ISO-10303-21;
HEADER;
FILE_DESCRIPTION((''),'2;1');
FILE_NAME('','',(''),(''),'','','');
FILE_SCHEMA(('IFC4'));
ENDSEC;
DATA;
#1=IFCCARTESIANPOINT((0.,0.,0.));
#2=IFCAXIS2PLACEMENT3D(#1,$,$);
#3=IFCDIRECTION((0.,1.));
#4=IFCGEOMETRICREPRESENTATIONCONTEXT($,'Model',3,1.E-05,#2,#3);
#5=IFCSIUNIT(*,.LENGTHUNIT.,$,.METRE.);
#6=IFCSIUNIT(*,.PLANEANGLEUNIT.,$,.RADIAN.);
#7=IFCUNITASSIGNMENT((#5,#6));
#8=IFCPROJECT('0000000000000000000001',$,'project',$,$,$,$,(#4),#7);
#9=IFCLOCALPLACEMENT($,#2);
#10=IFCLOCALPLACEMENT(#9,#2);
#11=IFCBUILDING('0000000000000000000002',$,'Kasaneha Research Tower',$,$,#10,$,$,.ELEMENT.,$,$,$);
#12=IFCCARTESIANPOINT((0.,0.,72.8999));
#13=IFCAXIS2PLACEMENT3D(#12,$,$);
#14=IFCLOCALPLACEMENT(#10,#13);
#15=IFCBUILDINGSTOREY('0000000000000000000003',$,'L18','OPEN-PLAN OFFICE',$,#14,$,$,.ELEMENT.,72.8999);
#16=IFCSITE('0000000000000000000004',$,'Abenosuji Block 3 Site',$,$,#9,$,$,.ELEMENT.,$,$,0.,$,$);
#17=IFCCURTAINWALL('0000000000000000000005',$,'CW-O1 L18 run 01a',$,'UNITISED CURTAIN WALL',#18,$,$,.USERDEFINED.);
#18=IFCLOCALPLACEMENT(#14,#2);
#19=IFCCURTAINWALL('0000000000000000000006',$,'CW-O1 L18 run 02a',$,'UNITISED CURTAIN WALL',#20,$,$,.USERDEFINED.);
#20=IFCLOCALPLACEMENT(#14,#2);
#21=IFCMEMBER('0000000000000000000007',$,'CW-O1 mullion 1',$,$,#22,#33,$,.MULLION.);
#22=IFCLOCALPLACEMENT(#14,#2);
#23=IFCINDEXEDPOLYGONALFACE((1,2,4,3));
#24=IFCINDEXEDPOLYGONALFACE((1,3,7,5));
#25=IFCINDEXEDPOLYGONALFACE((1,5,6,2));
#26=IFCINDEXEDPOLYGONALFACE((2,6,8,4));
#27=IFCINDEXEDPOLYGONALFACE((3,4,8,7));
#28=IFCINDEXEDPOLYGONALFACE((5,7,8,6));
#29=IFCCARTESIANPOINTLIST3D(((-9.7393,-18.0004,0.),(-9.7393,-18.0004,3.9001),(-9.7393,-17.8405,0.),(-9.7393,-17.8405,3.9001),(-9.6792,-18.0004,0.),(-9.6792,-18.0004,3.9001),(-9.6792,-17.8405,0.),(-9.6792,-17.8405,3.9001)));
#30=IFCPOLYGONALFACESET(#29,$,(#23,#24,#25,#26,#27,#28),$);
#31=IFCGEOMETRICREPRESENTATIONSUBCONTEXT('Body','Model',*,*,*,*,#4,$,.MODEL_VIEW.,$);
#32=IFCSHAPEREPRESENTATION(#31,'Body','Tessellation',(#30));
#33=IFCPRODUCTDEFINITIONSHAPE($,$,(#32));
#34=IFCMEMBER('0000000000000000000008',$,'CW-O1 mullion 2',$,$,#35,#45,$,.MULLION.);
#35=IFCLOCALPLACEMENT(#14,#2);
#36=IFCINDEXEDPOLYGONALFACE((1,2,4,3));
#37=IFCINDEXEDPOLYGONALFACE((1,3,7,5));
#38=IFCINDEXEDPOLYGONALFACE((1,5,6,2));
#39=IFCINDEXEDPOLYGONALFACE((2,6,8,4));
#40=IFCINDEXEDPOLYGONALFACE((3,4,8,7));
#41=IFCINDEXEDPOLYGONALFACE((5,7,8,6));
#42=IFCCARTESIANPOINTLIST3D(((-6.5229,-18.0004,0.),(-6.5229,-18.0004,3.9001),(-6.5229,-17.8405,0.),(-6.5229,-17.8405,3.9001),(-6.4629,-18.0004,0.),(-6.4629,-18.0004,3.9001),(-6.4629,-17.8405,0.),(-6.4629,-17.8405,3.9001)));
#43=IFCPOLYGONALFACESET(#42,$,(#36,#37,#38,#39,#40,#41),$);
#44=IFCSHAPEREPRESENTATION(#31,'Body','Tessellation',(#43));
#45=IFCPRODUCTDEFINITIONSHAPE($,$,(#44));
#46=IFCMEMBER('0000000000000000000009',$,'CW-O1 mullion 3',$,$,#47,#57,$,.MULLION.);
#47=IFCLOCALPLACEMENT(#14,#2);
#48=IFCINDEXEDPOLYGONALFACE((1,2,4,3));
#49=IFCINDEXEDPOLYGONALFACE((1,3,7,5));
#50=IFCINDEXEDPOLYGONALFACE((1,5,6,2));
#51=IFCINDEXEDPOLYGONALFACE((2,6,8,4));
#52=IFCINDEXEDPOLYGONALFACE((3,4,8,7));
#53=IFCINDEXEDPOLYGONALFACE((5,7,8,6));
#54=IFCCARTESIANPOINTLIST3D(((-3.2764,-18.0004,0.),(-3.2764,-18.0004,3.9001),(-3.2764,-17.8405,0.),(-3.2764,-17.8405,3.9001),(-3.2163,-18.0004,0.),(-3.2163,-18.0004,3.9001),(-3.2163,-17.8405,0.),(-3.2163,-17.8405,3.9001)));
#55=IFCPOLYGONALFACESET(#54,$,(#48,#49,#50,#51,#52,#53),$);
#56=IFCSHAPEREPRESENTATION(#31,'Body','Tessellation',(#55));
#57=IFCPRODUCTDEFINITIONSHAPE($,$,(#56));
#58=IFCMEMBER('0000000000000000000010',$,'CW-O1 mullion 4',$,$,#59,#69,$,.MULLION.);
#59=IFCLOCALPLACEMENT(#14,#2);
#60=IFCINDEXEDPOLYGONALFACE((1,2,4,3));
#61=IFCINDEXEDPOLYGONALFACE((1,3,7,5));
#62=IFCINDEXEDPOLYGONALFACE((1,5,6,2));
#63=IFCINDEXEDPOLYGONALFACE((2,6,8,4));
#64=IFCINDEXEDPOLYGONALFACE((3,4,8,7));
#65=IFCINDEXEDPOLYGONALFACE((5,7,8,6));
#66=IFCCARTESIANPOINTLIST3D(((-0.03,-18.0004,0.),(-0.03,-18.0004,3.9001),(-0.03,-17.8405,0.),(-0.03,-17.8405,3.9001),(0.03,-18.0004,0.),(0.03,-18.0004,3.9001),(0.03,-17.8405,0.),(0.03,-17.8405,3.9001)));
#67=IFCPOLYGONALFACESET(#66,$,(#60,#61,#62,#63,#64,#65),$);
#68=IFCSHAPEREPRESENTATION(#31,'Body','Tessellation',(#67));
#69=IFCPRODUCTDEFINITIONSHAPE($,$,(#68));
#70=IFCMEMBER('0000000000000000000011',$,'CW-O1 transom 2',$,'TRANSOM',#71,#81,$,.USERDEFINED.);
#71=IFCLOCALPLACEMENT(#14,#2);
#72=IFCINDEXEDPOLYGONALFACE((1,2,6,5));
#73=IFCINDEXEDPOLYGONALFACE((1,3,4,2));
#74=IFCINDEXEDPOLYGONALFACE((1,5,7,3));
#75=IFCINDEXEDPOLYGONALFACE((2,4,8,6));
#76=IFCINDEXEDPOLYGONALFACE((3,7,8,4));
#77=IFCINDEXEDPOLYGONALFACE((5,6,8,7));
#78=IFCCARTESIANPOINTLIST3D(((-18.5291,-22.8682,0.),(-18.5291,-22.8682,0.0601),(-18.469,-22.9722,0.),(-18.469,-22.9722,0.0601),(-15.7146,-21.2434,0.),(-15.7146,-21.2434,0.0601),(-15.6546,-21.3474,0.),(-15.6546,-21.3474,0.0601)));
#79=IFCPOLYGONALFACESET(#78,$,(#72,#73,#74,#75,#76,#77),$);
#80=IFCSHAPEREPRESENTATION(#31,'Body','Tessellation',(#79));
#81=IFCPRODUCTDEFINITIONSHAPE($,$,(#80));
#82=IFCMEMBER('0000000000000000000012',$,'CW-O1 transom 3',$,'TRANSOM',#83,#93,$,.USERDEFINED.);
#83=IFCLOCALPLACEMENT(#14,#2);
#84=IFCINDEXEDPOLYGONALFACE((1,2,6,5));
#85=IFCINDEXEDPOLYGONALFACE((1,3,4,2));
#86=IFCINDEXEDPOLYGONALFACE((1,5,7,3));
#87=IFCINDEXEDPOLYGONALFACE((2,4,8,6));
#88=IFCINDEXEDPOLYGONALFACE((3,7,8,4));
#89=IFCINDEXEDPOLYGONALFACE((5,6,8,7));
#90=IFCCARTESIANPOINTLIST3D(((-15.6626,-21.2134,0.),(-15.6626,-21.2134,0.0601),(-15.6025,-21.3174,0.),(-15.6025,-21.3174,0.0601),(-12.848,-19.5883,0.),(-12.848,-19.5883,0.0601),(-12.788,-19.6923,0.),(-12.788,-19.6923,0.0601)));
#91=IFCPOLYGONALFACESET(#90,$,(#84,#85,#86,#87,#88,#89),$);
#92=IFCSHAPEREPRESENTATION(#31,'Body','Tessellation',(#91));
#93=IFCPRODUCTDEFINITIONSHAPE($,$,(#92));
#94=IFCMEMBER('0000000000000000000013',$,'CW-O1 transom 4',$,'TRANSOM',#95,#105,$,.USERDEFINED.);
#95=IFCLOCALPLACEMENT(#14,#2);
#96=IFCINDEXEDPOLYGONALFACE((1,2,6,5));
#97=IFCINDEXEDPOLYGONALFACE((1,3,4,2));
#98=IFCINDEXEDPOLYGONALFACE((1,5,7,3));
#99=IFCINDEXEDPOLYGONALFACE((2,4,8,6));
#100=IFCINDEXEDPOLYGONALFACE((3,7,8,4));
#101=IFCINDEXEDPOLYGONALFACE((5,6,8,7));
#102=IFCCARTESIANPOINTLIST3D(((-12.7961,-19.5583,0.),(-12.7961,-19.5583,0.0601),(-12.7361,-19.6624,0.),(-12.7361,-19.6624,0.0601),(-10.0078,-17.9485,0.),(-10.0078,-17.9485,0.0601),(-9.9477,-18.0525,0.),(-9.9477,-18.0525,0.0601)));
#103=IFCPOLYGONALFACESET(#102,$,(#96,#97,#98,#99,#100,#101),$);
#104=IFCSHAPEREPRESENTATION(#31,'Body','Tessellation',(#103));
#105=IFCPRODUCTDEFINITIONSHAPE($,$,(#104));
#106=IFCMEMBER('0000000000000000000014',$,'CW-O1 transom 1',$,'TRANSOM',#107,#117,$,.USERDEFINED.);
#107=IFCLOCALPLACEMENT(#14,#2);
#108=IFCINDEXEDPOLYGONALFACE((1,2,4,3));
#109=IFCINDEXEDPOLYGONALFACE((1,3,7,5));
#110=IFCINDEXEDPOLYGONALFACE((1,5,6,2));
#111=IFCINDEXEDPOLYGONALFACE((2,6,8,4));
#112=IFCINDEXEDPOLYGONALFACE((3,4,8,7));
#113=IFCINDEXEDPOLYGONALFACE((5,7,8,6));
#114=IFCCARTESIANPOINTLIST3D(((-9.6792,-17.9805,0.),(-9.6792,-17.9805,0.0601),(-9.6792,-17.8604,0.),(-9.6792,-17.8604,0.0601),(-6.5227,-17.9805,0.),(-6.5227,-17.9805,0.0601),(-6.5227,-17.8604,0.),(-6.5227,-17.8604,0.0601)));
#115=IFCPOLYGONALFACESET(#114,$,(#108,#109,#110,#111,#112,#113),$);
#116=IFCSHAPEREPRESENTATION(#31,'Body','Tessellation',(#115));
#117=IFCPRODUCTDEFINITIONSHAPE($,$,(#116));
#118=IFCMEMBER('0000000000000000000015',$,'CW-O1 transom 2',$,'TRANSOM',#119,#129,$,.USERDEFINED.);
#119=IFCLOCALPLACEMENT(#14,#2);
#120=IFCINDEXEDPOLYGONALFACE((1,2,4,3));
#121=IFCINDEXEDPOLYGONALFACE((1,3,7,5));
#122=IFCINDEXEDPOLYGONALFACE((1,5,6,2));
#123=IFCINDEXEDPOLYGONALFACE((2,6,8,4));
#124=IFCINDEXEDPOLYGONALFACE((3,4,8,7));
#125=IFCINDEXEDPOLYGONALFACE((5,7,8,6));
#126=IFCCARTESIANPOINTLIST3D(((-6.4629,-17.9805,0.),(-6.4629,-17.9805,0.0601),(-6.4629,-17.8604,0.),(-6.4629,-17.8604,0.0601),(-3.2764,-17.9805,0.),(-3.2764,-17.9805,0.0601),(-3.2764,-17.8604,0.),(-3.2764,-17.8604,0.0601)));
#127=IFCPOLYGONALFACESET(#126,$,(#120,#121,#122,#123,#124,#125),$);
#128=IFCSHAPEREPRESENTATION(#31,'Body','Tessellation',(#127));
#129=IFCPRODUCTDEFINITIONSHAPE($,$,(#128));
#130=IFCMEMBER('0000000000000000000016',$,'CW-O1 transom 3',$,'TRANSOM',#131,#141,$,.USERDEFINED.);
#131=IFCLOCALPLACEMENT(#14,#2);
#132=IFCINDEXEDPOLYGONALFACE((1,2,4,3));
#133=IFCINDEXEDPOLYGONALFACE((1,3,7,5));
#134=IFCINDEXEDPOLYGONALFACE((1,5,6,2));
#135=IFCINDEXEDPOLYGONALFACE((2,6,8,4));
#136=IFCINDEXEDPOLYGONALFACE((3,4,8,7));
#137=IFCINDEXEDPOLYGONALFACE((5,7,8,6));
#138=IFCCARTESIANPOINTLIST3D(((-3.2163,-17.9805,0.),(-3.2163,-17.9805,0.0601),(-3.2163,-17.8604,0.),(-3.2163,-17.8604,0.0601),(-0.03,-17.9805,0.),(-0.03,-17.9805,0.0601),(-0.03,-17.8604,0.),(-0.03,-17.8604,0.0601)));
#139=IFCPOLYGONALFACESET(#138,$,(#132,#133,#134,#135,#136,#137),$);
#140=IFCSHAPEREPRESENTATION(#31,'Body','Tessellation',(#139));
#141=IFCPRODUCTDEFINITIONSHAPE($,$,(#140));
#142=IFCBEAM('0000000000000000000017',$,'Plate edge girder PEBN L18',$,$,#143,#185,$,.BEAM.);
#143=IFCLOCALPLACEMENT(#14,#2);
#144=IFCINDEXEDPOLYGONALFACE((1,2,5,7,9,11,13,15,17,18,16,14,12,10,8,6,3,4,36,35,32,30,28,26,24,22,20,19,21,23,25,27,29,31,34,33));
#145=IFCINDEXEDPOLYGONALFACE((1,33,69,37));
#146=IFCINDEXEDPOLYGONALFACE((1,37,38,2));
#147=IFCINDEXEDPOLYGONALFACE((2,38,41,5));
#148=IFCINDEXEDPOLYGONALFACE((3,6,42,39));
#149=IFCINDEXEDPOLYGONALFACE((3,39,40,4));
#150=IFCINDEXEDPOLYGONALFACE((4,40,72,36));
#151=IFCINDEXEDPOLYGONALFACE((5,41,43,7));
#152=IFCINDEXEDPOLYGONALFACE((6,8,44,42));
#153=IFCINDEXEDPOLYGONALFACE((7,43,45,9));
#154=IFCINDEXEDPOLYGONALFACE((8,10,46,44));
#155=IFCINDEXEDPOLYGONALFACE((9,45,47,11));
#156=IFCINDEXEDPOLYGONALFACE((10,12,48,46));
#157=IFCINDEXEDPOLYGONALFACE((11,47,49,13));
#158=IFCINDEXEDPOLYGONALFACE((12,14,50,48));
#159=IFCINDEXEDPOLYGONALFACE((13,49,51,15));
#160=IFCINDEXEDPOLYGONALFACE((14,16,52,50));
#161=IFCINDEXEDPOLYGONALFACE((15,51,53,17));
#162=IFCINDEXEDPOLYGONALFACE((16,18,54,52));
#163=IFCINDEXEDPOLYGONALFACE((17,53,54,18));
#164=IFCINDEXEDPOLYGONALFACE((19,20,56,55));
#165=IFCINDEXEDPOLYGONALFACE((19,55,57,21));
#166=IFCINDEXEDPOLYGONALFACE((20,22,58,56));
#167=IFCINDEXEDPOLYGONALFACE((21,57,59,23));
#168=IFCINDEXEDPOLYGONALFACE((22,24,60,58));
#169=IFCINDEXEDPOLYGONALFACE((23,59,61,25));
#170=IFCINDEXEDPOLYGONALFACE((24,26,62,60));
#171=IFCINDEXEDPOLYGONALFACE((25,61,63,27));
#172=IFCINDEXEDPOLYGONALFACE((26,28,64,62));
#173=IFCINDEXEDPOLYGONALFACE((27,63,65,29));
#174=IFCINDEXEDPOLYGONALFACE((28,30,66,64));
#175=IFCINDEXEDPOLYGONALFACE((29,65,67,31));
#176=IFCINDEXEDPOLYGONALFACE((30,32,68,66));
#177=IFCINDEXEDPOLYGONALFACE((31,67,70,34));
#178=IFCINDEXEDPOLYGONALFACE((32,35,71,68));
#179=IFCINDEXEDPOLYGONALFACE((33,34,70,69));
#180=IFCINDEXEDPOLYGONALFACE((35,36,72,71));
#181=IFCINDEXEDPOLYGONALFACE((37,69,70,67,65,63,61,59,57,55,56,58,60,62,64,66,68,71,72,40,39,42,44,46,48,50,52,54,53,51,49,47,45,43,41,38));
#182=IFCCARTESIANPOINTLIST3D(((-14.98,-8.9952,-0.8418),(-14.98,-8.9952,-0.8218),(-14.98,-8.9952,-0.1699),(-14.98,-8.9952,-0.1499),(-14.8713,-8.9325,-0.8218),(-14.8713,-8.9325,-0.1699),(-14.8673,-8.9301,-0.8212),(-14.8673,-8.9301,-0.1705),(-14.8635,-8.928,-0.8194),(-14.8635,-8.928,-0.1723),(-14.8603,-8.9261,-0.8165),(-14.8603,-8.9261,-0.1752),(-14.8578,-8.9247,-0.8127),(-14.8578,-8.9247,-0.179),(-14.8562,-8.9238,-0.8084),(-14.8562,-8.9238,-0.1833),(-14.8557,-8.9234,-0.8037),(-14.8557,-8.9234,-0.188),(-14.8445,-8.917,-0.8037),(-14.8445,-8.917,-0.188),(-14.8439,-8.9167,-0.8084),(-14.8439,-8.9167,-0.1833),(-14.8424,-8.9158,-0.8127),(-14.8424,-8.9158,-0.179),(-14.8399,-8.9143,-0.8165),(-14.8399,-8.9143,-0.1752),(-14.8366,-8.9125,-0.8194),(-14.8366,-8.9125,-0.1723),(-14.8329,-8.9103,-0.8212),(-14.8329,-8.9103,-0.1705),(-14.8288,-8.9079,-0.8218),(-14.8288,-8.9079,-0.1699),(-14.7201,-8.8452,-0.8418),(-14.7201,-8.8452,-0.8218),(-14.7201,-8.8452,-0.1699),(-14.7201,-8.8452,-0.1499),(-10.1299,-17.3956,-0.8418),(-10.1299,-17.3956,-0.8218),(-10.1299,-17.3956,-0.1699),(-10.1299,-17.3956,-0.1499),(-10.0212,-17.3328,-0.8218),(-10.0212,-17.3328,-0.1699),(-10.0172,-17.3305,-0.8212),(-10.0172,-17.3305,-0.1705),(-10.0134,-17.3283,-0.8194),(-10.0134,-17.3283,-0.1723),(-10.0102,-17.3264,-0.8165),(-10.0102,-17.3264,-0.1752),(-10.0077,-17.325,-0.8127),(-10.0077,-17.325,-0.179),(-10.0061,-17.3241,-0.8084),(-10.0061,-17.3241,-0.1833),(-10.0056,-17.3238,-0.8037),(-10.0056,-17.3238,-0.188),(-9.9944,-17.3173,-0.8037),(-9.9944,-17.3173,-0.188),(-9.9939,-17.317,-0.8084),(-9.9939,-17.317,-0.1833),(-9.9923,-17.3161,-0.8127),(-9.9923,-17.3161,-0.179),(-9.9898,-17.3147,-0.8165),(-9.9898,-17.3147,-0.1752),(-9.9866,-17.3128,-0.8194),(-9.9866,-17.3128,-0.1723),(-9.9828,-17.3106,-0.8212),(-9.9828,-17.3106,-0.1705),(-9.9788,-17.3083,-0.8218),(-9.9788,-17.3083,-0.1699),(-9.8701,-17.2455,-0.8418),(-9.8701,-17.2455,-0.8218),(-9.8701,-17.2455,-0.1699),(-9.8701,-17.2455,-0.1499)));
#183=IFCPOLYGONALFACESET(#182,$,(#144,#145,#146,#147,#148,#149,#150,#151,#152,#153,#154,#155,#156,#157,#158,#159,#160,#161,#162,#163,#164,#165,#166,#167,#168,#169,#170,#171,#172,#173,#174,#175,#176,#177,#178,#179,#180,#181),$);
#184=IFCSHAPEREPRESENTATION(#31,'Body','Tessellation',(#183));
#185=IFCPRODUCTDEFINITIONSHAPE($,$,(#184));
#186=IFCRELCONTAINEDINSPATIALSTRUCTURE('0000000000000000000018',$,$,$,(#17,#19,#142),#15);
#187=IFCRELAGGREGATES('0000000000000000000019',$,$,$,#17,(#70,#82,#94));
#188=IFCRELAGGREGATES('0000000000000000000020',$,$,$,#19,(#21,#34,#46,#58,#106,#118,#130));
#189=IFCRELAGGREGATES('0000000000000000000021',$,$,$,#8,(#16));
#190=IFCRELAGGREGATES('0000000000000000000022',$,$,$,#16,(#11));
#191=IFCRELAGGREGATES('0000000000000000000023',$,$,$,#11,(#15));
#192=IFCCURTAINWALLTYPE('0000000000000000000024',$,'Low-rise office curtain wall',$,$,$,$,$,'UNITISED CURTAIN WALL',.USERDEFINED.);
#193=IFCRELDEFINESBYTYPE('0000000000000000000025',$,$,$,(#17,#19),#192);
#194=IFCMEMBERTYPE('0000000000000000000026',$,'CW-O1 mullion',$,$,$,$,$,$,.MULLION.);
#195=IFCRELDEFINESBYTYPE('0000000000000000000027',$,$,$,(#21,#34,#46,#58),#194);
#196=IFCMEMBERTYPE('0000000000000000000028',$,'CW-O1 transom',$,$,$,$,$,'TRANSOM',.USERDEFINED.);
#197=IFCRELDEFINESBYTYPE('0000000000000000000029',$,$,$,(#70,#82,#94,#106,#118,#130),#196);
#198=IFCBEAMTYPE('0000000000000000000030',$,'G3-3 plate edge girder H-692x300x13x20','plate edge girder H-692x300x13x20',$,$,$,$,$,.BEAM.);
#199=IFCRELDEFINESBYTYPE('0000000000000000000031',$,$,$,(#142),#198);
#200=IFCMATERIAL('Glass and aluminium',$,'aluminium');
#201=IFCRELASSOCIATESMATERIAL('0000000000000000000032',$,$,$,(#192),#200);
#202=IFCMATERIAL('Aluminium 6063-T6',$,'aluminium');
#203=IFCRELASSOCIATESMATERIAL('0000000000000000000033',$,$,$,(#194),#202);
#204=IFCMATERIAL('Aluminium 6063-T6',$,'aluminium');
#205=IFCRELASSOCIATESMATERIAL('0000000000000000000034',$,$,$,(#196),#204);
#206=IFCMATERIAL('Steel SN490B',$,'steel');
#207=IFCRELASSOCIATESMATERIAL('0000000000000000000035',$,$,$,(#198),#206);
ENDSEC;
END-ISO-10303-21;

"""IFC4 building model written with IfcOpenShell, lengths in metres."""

from ifc_helpers import new_model, si_unit, direction, frame, origin, origin_2d, place, context, subcontext, project, spatial, rectangle, i_section, extrude, material, material_profile, profile_set, type_object, element, aggregate, save


model = new_model("IFC4")

# Units and contexts
model_context = context("Model", 3, precision=1e-05, world=origin(), true_north=direction((0.0, 1.0)))
body_context = subcontext(model_context, "Body", "Model", "MODEL_VIEW")
ifc_project = project(units=[si_unit("LENGTHUNIT", "METRE"), si_unit("PLANEANGLEUNIT", "RADIAN")], contexts=[model_context])

# Site, building, storey
site_placement = place(None, origin())
site = spatial("IfcSite", under=ifc_project, at=site_placement, Name="Abenosuji Block 3 Site", CompositionType="ELEMENT", RefElevation=0.0)
building_placement = place(site_placement, origin())
building = spatial("IfcBuilding", under=site, at=building_placement, Name="Kasaneha Research Tower", CompositionType="ELEMENT")
storey_placement = place(building_placement, frame((0.0, 0.0, 72.8999)))
storey = spatial("IfcBuildingStorey", under=building, at=storey_placement, Name="L18", Description="OPEN-PLAN OFFICE", CompositionType="ELEMENT", Elevation=72.8999)

# Curtain walls, members
ifc_material_1 = material(Name="Glass and aluminium", Category="aluminium")
curtain_wall_type = type_object("IfcCurtainWallType", Name="Low-rise office curtain wall", ElementType="UNITISED CURTAIN WALL", PredefinedType="USERDEFINED", material=ifc_material_1)
curtain_wall_1_placement = place(storey_placement, origin())
curtain_wall_1 = element("IfcCurtainWall", 1, at=curtain_wall_1_placement, inside=storey, type_object=curtain_wall_type, Name="CW-O1 L18 run 01a", ObjectType="UNITISED CURTAIN WALL", PredefinedType="USERDEFINED")
ifc_material_2 = material(Name="Aluminium 6063-T6", Category="aluminium")
ifc_material_profile_1 = material_profile(ifc_material_2, rectangle(XDim=0.0601, YDim=0.1599, at=origin_2d()), Name="CW-O1 mullion 60x160")
ifc_profile_set_1 = profile_set([ifc_material_profile_1], Name="Aluminium 6063-T6")
member_type_1 = type_object("IfcMemberType", Name="CW-O1 mullion", PredefinedType="MULLION", material=ifc_profile_set_1)
curtain_wall_2_placement = place(storey_placement, origin())
curtain_wall_2 = element("IfcCurtainWall", 2, at=curtain_wall_2_placement, inside=storey, type_object=curtain_wall_type, Name="CW-O1 L18 run 02a", ObjectType="UNITISED CURTAIN WALL", PredefinedType="USERDEFINED")
member_1_placement = place(storey_placement, frame((-9.7092, -17.9204, 0.0), z_axis=(0.0, 0.0, 1.0), x_axis=(1.0, 0.0, 0.0)))
member_1 = element("IfcMember", 3, at=member_1_placement, type_object=member_type_1, Name="CW-O1 mullion 1", PredefinedType="MULLION", context=body_context, shape_type="SweptSolid", body=[
    extrude(rectangle(XDim=0.0601, YDim=0.1599, at=origin_2d()), origin(), (0.0, 0.0, 1.0), 3.9001),
])
member_2_placement = place(storey_placement, frame((-6.4929, -17.9204, 0.0), z_axis=(0.0, 0.0, 1.0), x_axis=(1.0, 0.0, 0.0)))
member_2 = element("IfcMember", 4, at=member_2_placement, type_object=member_type_1, Name="CW-O1 mullion 2", PredefinedType="MULLION", context=body_context, shape_type="SweptSolid", body=[
    extrude(rectangle(XDim=0.0601, YDim=0.1599, at=origin_2d()), origin(), (0.0, 0.0, 1.0), 3.9001),
])
member_3_placement = place(storey_placement, frame((-3.2463, -17.9204, 0.0), z_axis=(0.0, 0.0, 1.0), x_axis=(1.0, 0.0, 0.0)))
member_3 = element("IfcMember", 5, at=member_3_placement, type_object=member_type_1, Name="CW-O1 mullion 3", PredefinedType="MULLION", context=body_context, shape_type="SweptSolid", body=[
    extrude(rectangle(XDim=0.0601, YDim=0.1599, at=origin_2d()), origin(), (0.0, 0.0, 1.0), 3.9001),
])
member_4_placement = place(storey_placement, frame((0.0, -17.9204, 0.0), z_axis=(0.0, 0.0, 1.0), x_axis=(1.0, 0.0, 0.0)))
member_4 = element("IfcMember", 6, at=member_4_placement, type_object=member_type_1, Name="CW-O1 mullion 4", PredefinedType="MULLION", context=body_context, shape_type="SweptSolid", body=[
    extrude(rectangle(XDim=0.0601, YDim=0.1599, at=origin_2d()), origin(), (0.0, 0.0, 1.0), 3.9001),
])

# Members
ifc_material_3 = material(Name="Aluminium 6063-T6", Category="aluminium")
ifc_material_profile_2 = material_profile(ifc_material_3, rectangle(XDim=0.1201, YDim=0.0601, at=origin_2d()), Name="CW-O1 transom 120x60")
ifc_profile_set_2 = profile_set([ifc_material_profile_2], Name="Aluminium 6063-T6")
member_type_2 = type_object("IfcMemberType", Name="CW-O1 transom", ElementType="TRANSOM", PredefinedType="USERDEFINED", material=ifc_profile_set_2)
member_5_placement = place(storey_placement, frame((-18.499, -22.9202, 0.03), z_axis=(0.866048, 0.499961, 0.0), x_axis=(-0.499961, 0.866048, 0.0)))
member_5 = element("IfcMember", 7, at=member_5_placement, type_object=member_type_2, Name="CW-O1 transom 2", ObjectType="TRANSOM", PredefinedType="USERDEFINED", context=body_context, shape_type="SweptSolid", body=[
    extrude(rectangle(XDim=0.1201, YDim=0.0601, at=origin_2d()), origin(), (0.0, 0.0, 1.0), 3.2498),
])
member_6_placement = place(storey_placement, frame((-15.6326, -21.2654, 0.03), z_axis=(0.866015, 0.500017, 0.0), x_axis=(-0.500017, 0.866015, 0.0)))
member_6 = element("IfcMember", 8, at=member_6_placement, type_object=member_type_2, Name="CW-O1 transom 3", ObjectType="TRANSOM", PredefinedType="USERDEFINED", context=body_context, shape_type="SweptSolid", body=[
    extrude(rectangle(XDim=0.1201, YDim=0.0601, at=origin_2d()), origin(), (0.0, 0.0, 1.0), 3.25),
])
member_7_placement = place(storey_placement, frame((-12.7661, -19.6104, 0.03), z_axis=(0.866023, 0.500005, 0.0), x_axis=(-0.500005, 0.866023, 0.0)))
member_7 = element("IfcMember", 9, at=member_7_placement, type_object=member_type_2, Name="CW-O1 transom 4", ObjectType="TRANSOM", PredefinedType="USERDEFINED", context=body_context, shape_type="SweptSolid", body=[
    extrude(rectangle(XDim=0.1201, YDim=0.0601, at=origin_2d()), origin(), (0.0, 0.0, 1.0), 3.2197),
])
member_8_placement = place(storey_placement, frame((-9.6792, -17.9204, 0.03), z_axis=(1.0, 0.0, 0.0), x_axis=(0.0, 1.0, 0.0)))
member_8 = element("IfcMember", 10, at=member_8_placement, type_object=member_type_2, Name="CW-O1 transom 1", ObjectType="TRANSOM", PredefinedType="USERDEFINED", context=body_context, shape_type="SweptSolid", body=[
    extrude(rectangle(XDim=0.1201, YDim=0.0601, at=origin_2d()), origin(), (0.0, 0.0, 1.0), 3.1565),
])
member_9_placement = place(storey_placement, frame((-6.4629, -17.9204, 0.03), z_axis=(1.0, 0.0, 0.0), x_axis=(0.0, 1.0, 0.0)))
member_9 = element("IfcMember", 11, at=member_9_placement, type_object=member_type_2, Name="CW-O1 transom 2", ObjectType="TRANSOM", PredefinedType="USERDEFINED", context=body_context, shape_type="SweptSolid", body=[
    extrude(rectangle(XDim=0.1201, YDim=0.0601, at=origin_2d()), origin(), (0.0, 0.0, 1.0), 3.1865),
])
member_10_placement = place(storey_placement, frame((-3.2163, -17.9204, 0.03), z_axis=(1.0, 0.0, 0.0), x_axis=(0.0, 1.0, 0.0)))
member_10 = element("IfcMember", 12, at=member_10_placement, type_object=member_type_2, Name="CW-O1 transom 3", ObjectType="TRANSOM", PredefinedType="USERDEFINED", context=body_context, shape_type="SweptSolid", body=[
    extrude(rectangle(XDim=0.1201, YDim=0.0601, at=origin_2d()), origin(), (0.0, 0.0, 1.0), 3.1863),
])

# Beam
ifc_material_4 = material(Name="Steel SN490B", Category="steel")
ifc_material_profile_3 = material_profile(ifc_material_4, i_section(OverallWidth=0.3, OverallDepth=0.6919, WebThickness=0.0129, FlangeThickness=0.02, FilletRadius=0.0181, at=origin_2d()), Name="H-692x300x13x20")
ifc_profile_set_3 = profile_set([ifc_material_profile_3], Name="Steel SN490B")
beam_type_1 = type_object("IfcBeamType", Name="G3-3 plate edge girder H-692x300x13x20", Description="plate edge girder H-692x300x13x20", PredefinedType="BEAM", material=ifc_profile_set_3)
beam_1_placement = place(storey_placement, frame((-10.0, -17.3206, -0.4958), z_axis=(-0.50001, 0.86602, 0.0), x_axis=(-0.86602, -0.50001, 0.0)))
element("IfcBeam", 13, at=beam_1_placement, inside=storey, type_object=beam_type_1, Name="Plate edge girder PEBN L18", PredefinedType="BEAM", context=body_context, shape_type="SweptSolid", body=[
    extrude(i_section(OverallWidth=0.3, OverallDepth=0.6919, WebThickness=0.0129, FlangeThickness=0.02, FilletRadius=0.0181, at=origin_2d()), origin(), (0.0, 0.0, 1.0), 9.7),
])

aggregate(curtain_wall_1, [member_5, member_6, member_7])
aggregate(curtain_wall_2, [member_1, member_2, member_3, member_4, member_8, member_9, member_10])

save(model, "model.ifc")
